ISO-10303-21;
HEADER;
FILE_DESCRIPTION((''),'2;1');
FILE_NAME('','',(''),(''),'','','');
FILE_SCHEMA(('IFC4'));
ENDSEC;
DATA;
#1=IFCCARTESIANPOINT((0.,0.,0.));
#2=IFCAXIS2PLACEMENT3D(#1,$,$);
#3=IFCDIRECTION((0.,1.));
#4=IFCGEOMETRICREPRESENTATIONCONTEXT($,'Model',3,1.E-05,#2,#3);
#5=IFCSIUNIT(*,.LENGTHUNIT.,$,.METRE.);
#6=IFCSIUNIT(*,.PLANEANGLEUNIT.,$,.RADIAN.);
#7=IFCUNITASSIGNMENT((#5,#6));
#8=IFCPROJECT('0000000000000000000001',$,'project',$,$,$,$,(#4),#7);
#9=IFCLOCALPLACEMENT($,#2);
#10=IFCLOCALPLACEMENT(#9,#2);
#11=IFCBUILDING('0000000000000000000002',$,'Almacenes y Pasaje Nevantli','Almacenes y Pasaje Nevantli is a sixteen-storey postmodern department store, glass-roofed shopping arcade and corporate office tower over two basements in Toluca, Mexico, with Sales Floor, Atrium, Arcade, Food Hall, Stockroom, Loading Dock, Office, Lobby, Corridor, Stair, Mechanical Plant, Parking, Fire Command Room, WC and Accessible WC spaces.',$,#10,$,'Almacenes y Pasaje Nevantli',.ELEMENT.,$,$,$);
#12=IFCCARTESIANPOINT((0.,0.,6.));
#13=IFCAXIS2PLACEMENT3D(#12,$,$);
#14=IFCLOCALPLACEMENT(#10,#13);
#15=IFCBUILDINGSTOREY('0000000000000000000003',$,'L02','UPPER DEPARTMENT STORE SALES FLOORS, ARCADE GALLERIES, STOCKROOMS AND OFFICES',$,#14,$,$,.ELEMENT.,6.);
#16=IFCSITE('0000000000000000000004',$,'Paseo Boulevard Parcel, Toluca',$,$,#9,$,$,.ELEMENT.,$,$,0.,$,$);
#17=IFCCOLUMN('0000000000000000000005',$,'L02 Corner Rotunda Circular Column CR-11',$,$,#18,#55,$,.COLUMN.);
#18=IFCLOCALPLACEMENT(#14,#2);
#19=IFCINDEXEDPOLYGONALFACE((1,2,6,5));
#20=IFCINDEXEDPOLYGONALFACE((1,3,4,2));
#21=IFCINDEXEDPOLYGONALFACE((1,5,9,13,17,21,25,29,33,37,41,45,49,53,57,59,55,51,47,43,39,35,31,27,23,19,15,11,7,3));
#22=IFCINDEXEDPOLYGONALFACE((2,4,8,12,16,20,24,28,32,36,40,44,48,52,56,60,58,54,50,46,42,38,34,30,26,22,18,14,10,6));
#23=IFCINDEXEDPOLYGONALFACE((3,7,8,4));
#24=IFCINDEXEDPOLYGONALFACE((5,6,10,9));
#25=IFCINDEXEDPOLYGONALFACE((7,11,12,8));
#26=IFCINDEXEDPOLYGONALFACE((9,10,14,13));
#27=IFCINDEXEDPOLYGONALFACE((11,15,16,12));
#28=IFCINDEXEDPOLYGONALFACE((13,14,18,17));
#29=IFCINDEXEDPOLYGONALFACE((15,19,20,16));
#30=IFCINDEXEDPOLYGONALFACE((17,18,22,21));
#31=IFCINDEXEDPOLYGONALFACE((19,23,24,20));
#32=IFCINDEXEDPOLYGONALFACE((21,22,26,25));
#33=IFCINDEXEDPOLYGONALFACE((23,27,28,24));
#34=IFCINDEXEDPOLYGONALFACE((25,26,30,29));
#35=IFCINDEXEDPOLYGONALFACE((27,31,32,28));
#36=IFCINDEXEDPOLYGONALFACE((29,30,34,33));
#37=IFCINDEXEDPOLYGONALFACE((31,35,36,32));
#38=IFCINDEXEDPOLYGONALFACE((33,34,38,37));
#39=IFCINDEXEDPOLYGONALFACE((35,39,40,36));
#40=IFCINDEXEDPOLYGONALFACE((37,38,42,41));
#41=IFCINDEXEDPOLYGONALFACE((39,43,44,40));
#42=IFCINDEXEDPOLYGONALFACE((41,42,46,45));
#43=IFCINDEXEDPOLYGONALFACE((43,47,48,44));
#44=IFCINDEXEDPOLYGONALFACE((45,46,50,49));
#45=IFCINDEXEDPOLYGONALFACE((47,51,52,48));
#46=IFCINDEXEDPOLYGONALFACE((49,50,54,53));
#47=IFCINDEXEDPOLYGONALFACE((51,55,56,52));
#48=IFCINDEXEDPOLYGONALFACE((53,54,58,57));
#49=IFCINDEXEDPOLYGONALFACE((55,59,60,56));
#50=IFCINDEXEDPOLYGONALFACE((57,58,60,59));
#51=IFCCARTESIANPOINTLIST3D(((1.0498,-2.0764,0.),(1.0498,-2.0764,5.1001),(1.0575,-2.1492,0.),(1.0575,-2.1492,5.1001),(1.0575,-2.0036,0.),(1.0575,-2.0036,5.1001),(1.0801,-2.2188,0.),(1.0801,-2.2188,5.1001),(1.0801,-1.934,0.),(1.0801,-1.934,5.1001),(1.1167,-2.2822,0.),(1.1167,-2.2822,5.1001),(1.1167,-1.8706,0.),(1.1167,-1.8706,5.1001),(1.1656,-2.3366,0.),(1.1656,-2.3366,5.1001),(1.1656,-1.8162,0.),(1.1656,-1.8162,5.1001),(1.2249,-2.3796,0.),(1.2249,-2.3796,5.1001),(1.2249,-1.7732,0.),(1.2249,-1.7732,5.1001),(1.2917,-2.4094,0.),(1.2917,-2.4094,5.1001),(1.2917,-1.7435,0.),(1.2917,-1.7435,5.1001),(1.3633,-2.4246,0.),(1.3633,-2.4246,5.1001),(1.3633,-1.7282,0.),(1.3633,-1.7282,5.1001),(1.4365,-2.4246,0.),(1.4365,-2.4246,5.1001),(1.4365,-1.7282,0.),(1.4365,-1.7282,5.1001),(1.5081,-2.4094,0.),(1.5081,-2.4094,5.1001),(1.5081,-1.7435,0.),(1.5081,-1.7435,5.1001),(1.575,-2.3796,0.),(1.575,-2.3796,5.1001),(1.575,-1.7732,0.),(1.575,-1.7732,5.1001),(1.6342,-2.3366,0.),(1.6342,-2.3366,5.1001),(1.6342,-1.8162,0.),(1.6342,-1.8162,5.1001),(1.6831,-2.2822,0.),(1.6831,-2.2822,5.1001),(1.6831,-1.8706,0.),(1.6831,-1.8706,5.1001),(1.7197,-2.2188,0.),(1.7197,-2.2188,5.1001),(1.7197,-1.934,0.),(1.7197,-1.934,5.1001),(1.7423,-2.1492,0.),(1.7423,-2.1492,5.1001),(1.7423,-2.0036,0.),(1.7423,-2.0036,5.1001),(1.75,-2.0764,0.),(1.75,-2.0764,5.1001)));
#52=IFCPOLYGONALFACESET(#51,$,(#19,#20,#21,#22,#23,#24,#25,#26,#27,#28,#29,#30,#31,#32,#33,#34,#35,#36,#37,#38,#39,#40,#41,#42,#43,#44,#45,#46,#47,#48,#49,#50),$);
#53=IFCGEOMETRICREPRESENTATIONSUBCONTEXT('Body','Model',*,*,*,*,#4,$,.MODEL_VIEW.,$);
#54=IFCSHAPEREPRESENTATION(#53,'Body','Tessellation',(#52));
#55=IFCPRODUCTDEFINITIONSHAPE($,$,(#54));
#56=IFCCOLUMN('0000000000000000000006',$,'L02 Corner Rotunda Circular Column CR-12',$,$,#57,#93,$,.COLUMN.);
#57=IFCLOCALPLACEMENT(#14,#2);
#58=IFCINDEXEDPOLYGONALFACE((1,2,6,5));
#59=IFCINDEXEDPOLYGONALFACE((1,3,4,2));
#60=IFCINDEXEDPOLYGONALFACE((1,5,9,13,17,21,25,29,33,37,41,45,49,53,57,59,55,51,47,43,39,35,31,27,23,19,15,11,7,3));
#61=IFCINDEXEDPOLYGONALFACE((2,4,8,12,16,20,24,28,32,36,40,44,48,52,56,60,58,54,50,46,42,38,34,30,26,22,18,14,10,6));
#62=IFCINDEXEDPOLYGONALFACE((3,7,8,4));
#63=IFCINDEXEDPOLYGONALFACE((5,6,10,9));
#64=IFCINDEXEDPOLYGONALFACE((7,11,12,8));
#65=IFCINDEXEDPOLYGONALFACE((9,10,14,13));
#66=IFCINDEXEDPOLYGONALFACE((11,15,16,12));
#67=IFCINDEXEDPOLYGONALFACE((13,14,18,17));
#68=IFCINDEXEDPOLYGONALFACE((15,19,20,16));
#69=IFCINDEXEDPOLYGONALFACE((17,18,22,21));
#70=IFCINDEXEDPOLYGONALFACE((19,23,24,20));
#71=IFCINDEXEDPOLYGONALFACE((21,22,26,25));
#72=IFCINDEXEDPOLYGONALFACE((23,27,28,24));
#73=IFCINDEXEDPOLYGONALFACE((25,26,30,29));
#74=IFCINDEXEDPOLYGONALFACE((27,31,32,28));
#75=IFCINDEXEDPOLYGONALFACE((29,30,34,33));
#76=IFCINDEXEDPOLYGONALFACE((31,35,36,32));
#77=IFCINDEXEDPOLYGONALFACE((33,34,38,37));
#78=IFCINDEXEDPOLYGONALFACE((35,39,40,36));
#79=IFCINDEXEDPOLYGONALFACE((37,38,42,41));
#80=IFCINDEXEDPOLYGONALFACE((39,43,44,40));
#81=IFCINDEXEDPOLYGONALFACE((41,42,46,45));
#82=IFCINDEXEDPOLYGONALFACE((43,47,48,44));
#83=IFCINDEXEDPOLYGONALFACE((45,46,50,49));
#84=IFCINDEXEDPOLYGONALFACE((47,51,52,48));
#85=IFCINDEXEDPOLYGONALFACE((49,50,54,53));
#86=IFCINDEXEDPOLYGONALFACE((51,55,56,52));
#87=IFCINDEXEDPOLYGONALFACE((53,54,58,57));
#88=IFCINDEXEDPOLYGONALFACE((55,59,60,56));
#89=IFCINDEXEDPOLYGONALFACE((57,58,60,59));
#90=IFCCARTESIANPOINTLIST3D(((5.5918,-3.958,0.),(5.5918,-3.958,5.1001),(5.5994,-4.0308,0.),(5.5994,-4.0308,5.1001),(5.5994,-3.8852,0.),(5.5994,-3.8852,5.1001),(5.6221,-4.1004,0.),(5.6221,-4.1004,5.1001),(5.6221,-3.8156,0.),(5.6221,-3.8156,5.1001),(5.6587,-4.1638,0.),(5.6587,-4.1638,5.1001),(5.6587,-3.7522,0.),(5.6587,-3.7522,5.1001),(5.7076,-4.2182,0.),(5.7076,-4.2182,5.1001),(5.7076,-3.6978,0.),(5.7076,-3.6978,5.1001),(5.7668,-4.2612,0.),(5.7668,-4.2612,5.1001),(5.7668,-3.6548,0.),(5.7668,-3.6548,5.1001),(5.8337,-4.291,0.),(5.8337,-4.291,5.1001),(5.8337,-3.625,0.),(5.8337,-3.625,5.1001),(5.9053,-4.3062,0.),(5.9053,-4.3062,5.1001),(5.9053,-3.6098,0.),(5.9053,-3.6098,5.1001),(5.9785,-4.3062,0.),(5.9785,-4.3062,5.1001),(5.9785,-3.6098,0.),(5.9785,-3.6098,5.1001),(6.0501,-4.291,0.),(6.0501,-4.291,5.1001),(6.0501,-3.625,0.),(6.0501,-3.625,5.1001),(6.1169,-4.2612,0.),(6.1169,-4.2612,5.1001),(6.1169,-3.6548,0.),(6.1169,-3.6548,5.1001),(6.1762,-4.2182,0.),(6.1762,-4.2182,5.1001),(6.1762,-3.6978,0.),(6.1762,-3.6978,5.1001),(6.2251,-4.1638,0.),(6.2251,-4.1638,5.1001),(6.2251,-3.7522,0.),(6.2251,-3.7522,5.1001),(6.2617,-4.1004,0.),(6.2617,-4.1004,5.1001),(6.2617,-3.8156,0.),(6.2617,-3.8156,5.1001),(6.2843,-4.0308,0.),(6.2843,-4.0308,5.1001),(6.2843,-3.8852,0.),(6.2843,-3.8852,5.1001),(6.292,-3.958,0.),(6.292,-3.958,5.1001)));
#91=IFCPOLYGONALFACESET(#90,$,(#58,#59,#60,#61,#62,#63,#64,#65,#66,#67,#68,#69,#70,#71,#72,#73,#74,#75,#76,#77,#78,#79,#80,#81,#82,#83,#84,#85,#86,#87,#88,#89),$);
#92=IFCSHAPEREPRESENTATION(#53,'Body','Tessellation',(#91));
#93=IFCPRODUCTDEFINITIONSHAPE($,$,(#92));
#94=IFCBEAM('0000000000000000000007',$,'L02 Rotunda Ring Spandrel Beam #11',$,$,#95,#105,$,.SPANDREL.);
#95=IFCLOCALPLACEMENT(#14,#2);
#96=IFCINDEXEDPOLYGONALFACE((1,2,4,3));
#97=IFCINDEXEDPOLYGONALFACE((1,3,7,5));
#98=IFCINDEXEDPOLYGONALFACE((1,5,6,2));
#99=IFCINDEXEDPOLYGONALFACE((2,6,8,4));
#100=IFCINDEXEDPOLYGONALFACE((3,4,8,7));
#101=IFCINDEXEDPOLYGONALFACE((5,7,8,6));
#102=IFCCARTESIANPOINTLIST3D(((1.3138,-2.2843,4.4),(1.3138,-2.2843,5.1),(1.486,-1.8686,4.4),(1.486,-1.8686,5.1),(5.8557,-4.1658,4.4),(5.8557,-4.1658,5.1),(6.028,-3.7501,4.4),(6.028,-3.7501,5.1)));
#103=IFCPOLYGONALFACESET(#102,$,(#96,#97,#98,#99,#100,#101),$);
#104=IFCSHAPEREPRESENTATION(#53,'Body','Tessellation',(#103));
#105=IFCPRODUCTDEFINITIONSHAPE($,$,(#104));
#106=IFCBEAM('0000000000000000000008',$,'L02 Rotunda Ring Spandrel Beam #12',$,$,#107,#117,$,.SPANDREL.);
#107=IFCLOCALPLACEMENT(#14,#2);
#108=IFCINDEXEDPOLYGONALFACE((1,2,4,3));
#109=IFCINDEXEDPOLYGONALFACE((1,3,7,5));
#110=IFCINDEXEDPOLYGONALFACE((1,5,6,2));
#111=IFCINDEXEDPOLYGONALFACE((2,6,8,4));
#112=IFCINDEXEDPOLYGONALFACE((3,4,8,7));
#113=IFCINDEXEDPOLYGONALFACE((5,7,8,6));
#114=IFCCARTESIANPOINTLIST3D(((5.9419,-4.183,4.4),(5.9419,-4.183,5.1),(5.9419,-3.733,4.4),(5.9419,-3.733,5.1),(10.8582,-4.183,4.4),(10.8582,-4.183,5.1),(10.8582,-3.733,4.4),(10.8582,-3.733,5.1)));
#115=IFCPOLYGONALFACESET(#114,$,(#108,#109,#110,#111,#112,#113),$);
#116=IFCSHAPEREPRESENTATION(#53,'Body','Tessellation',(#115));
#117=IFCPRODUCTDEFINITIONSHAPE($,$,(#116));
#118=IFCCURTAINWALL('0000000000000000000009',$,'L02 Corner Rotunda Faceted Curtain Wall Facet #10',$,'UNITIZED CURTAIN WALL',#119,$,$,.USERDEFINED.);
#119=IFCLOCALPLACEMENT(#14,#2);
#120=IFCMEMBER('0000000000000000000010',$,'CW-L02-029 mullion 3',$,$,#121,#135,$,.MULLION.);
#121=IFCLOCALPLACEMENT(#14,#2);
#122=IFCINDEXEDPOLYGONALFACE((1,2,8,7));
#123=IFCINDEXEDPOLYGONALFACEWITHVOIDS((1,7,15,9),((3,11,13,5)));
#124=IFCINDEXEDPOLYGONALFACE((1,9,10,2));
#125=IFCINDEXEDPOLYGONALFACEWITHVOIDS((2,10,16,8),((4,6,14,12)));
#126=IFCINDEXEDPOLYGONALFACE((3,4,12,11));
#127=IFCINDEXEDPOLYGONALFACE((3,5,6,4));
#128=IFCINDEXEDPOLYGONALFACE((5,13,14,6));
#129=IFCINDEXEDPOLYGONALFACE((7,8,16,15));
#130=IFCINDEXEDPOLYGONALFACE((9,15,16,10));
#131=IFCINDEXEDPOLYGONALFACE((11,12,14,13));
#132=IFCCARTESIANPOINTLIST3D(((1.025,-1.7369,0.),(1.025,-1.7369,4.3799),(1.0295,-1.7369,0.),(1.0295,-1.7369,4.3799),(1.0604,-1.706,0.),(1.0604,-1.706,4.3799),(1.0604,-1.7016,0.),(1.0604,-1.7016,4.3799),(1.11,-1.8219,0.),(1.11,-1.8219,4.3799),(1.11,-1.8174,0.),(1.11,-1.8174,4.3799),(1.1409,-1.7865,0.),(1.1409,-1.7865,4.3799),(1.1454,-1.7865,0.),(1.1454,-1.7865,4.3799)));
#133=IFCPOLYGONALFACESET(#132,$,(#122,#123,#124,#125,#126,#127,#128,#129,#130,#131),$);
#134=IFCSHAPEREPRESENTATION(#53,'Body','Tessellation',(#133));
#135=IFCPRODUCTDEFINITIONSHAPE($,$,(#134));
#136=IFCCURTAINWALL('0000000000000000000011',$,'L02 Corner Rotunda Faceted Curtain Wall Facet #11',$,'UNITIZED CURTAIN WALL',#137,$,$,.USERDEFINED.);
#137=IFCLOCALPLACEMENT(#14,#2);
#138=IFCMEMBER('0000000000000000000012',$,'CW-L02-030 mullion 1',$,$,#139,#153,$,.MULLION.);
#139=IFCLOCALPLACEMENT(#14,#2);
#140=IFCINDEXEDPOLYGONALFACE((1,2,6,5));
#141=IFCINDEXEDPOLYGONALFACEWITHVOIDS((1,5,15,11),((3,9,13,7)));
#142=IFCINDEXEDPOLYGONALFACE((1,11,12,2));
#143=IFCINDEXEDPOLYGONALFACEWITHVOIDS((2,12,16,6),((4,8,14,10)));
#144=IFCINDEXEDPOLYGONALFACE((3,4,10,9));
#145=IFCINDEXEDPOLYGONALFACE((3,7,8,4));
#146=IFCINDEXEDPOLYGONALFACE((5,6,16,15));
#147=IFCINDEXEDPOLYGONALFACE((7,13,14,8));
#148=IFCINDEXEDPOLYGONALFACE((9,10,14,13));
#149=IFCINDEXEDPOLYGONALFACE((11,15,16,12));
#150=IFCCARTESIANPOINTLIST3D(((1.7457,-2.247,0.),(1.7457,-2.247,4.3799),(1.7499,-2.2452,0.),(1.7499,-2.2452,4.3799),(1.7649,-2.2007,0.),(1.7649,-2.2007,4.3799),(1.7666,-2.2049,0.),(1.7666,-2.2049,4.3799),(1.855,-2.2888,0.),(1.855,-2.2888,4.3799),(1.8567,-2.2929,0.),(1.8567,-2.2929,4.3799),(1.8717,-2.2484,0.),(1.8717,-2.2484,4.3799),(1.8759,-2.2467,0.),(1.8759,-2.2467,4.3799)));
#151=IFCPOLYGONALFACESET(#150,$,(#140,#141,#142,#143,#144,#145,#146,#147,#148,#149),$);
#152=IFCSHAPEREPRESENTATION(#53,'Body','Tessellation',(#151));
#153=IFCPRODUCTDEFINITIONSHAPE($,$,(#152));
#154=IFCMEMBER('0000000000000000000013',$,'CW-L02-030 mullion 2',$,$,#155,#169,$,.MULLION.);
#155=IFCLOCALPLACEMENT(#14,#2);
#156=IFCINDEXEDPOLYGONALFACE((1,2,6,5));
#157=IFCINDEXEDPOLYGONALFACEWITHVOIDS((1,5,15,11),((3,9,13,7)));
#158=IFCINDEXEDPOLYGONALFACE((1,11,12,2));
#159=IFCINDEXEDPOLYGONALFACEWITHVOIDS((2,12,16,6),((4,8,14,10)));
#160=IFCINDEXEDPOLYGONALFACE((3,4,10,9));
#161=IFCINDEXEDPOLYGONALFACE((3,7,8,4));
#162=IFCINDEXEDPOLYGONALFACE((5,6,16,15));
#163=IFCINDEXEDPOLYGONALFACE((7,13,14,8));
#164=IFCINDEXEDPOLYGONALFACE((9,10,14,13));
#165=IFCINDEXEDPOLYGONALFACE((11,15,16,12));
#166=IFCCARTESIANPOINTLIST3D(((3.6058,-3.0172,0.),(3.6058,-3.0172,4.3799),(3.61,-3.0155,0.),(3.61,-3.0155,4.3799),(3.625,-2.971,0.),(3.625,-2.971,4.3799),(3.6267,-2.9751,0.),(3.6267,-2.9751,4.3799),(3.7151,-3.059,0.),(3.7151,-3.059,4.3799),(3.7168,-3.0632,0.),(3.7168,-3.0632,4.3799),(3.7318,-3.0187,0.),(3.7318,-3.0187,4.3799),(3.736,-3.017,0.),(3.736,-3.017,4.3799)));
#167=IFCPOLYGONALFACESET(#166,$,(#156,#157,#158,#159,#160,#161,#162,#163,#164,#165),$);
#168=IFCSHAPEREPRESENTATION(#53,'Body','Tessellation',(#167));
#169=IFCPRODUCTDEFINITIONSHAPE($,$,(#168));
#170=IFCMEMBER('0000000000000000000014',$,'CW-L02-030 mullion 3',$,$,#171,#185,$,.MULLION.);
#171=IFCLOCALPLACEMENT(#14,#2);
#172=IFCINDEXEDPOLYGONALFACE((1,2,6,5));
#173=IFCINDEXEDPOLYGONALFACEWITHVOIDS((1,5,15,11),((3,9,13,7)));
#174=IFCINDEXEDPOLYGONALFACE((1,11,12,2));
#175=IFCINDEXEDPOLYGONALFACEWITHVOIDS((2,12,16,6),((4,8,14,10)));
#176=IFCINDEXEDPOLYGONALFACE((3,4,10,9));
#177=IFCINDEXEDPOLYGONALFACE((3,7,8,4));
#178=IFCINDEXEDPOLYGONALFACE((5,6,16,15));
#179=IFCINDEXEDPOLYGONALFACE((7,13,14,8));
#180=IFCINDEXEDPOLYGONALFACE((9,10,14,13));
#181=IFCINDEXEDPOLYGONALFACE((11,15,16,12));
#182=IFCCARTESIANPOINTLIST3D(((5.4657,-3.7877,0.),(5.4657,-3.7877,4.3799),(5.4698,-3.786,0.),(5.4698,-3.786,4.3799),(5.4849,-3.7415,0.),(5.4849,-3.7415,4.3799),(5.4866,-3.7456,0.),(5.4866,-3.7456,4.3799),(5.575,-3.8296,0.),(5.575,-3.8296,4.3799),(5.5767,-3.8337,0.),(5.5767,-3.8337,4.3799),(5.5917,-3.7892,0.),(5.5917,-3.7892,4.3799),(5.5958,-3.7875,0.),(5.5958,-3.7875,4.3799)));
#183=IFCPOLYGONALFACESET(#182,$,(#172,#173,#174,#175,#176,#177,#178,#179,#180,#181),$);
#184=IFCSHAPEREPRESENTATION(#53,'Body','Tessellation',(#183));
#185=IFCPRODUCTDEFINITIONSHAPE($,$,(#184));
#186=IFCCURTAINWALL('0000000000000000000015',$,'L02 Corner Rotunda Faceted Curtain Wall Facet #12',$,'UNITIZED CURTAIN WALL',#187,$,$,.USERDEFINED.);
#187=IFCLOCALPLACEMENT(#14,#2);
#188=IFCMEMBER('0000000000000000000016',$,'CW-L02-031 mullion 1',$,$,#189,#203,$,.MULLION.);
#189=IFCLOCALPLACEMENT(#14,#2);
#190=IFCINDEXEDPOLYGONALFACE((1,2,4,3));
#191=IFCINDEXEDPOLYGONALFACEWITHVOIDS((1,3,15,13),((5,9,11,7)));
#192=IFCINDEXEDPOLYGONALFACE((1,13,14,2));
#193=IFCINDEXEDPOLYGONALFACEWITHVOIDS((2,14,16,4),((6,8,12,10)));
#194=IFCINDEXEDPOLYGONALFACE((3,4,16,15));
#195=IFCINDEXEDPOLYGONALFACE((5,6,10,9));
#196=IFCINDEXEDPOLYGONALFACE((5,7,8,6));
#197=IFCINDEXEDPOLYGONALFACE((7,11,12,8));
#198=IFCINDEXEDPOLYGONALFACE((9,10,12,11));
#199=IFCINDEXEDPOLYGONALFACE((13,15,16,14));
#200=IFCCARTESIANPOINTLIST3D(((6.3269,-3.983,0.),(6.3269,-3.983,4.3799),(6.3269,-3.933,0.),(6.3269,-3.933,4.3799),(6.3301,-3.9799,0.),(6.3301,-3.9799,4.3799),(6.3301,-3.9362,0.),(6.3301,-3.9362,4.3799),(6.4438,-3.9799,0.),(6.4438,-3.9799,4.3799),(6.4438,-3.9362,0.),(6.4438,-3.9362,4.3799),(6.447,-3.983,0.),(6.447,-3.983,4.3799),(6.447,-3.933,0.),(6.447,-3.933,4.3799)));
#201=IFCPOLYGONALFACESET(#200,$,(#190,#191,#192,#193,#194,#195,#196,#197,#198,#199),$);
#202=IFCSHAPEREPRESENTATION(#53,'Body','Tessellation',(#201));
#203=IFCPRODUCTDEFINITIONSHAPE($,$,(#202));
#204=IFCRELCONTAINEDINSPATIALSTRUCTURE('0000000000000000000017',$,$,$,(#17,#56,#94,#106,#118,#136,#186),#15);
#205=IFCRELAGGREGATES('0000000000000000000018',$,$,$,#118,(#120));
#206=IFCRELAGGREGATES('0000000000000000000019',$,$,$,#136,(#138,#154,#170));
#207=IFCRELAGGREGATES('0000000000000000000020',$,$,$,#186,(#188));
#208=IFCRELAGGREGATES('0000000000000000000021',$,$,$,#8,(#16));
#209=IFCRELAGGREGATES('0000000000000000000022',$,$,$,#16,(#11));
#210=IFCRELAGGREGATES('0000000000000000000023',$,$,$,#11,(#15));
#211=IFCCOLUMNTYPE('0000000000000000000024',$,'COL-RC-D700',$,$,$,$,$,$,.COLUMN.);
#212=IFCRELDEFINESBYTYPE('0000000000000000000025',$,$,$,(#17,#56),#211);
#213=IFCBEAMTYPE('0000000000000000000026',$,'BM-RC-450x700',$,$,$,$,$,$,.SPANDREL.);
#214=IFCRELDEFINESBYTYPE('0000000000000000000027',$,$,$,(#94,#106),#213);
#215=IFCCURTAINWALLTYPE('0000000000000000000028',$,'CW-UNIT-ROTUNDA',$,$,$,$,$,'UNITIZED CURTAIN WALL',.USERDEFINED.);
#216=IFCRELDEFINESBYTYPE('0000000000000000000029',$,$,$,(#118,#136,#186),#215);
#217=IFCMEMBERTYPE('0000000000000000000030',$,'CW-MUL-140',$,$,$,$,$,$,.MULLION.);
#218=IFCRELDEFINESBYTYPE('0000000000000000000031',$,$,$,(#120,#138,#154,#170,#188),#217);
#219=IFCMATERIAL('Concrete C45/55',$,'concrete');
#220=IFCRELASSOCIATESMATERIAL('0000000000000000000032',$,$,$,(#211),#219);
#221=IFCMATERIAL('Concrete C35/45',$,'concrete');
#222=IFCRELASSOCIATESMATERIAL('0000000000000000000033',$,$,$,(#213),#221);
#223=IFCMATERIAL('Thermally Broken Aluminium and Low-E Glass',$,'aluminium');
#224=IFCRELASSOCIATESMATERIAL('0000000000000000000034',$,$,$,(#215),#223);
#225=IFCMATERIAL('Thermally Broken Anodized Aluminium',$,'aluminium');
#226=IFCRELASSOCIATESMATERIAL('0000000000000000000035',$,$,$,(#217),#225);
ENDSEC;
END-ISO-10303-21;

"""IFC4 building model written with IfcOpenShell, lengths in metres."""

from ifc_helpers import new_model, si_unit, direction, frame, origin, origin_2d, place, context, subcontext, project, spatial, rectangle, hollow_rectangle, circle, extrude, material, material_profile, profile_set, type_object, element, aggregate, save


model = new_model("IFC4")

# Units and contexts
model_context = context("Model", 3, precision=1e-05, world=origin(), true_north=direction((0.0, 1.0)))
body_context = subcontext(model_context, "Body", "Model", "MODEL_VIEW")
ifc_project = project(units=[si_unit("LENGTHUNIT", "METRE"), si_unit("PLANEANGLEUNIT", "RADIAN")], contexts=[model_context])

# Site, building, storey
site_placement = place(None, origin())
site = spatial("IfcSite", under=ifc_project, at=site_placement, Name="Paseo Boulevard Parcel, Toluca", CompositionType="ELEMENT", RefElevation=0.0)
building_placement = place(site_placement, origin())
building = spatial("IfcBuilding", under=site, at=building_placement, Name="Almacenes y Pasaje Nevantli", Description="Almacenes y Pasaje Nevantli is a sixteen-storey postmodern department store, glass-roofed shopping arcade and corporate office tower over two basements in Toluca, Mexico, with Sales Floor, Atrium, Arcade, Food Hall, Stockroom, Loading Dock, Office, Lobby, Corridor, Stair, Mechanical Plant, Parking, Fire Command Room, WC and Accessible WC spaces.", LongName="Almacenes y Pasaje Nevantli", CompositionType="ELEMENT")
storey_placement = place(building_placement, frame((0.0, 0.0, 6.0)))
storey = spatial("IfcBuildingStorey", under=building, at=storey_placement, Name="L02", Description="UPPER DEPARTMENT STORE SALES FLOORS, ARCADE GALLERIES, STOCKROOMS AND OFFICES", CompositionType="ELEMENT", Elevation=6.0)

# Columns
ifc_material_1 = material(Name="Concrete C45/55", Category="concrete")
ifc_material_profile_1 = material_profile(ifc_material_1, circle(Radius=0.3501, at=origin_2d()), Name="RC-COL-D700")
ifc_profile_set_1 = profile_set([ifc_material_profile_1], Name="Concrete C45/55")
column_type = type_object("IfcColumnType", Name="COL-RC-D700", PredefinedType="COLUMN", material=ifc_profile_set_1)
for number, where, z_axis, x_axis, name in (
    (1, (1.3999, -2.0764, 0.0), (0.0, 0.0, 1.0), (1.0, 0.0, 0.0), "L02 Corner Rotunda Circular Column CR-11"),
    (2, (5.9419, -3.958, 0.0), (0.0, 0.0, 1.0), (1.0, 0.0, 0.0), "L02 Corner Rotunda Circular Column CR-12"),
):
    element("IfcColumn", number, at=place(storey_placement, frame(where, z_axis=z_axis, x_axis=x_axis)), inside=storey, type_object=column_type, Name=name, PredefinedType="COLUMN", context=body_context, shape_type="SweptSolid", body=[
        extrude(circle(Radius=0.3501, at=origin_2d()), origin(), (0.0, 0.0, 1.0), 5.1001),
    ])

# Beams
ifc_material_2 = material(Name="Concrete C35/45", Category="concrete")
ifc_material_profile_2 = material_profile(ifc_material_2, rectangle(XDim=0.45, YDim=0.7, at=origin_2d()), Name="RC-BM-450x700")
ifc_profile_set_2 = profile_set([ifc_material_profile_2], Name="Concrete C35/45")
beam_type = type_object("IfcBeamType", Name="BM-RC-450x700", PredefinedType="SPANDREL", material=ifc_profile_set_2)
for number, where, z_axis, x_axis, name in (
    (3, (1.3999, -2.0764, 4.75), (0.923862, -0.382725, 0.0), (0.382725, 0.923862, 0.0), "L02 Rotunda Ring Spandrel Beam #11"),
    (4, (5.9419, -3.958, 4.75), (1.0, 0.0, 0.0), (0.0, 1.0, 0.0), "L02 Rotunda Ring Spandrel Beam #12"),
):
    element("IfcBeam", number, at=place(storey_placement, frame(where, z_axis=z_axis, x_axis=x_axis)), inside=storey, type_object=beam_type, Name=name, PredefinedType="SPANDREL", context=body_context, shape_type="SweptSolid", body=[
        extrude(rectangle(XDim=0.45, YDim=0.7, at=origin_2d()), origin(), (0.0, 0.0, 1.0), 4.9163),
    ])

# Curtain wall, member
ifc_material_3 = material(Name="Thermally Broken Aluminium and Low-E Glass", Category="aluminium")
curtain_wall_type = type_object("IfcCurtainWallType", Name="CW-UNIT-ROTUNDA", ElementType="UNITIZED CURTAIN WALL", PredefinedType="USERDEFINED", material=ifc_material_3)
curtain_wall_1_placement = place(storey_placement, origin())
curtain_wall_1 = element("IfcCurtainWall", 5, at=curtain_wall_1_placement, inside=storey, type_object=curtain_wall_type, Name="L02 Corner Rotunda Faceted Curtain Wall Facet #10", ObjectType="UNITIZED CURTAIN WALL", PredefinedType="USERDEFINED")
ifc_material_4 = material(Name="Thermally Broken Anodized Aluminium", Category="aluminium")
ifc_material_profile_3 = material_profile(ifc_material_4, hollow_rectangle(XDim=0.05, YDim=0.1201, WallThickness=0.0032, at=origin_2d()), Name="ALU-MUL-50x120")
ifc_profile_set_3 = profile_set([ifc_material_profile_3], Name="Thermally Broken Anodized Aluminium")
member_type_1 = type_object("IfcMemberType", Name="CW-MUL-140", PredefinedType="MULLION", material=ifc_profile_set_3)
member_1_placement = place(storey_placement, frame((1.0852, -1.7617, 0.0), z_axis=(0.0, 0.0, 1.0), x_axis=(0.707107, 0.707107, 0.0)))
member_1 = element("IfcMember", 6, at=member_1_placement, type_object=member_type_1, Name="CW-L02-029 mullion 3", PredefinedType="MULLION", context=body_context, shape_type="SweptSolid", body=[
    extrude(hollow_rectangle(XDim=0.05, YDim=0.1201, WallThickness=0.0032, at=origin_2d()), origin(), (0.0, 0.0, 1.0), 4.3799),
])

# Curtain walls, members
curtain_wall_2_placement = place(storey_placement, origin())
curtain_wall_2 = element("IfcCurtainWall", 7, at=curtain_wall_2_placement, inside=storey, type_object=curtain_wall_type, Name="L02 Corner Rotunda Faceted Curtain Wall Facet #11", ObjectType="UNITIZED CURTAIN WALL", PredefinedType="USERDEFINED")
member_2_placement = place(storey_placement, frame((1.8108, -2.2468, 0.0), z_axis=(0.0, 0.0, 1.0), x_axis=(0.382698, 0.923873, 0.0)))
member_2 = element("IfcMember", 8, at=member_2_placement, type_object=member_type_1, Name="CW-L02-030 mullion 1", PredefinedType="MULLION", context=body_context, shape_type="SweptSolid", body=[
    extrude(hollow_rectangle(XDim=0.05, YDim=0.1201, WallThickness=0.0032, at=origin_2d()), origin(), (0.0, 0.0, 1.0), 4.3799),
])
member_3_placement = place(storey_placement, frame((3.6709, -3.0171, 0.0), z_axis=(0.0, 0.0, 1.0), x_axis=(0.382698, 0.923873, 0.0)))
member_3 = element("IfcMember", 9, at=member_3_placement, type_object=member_type_1, Name="CW-L02-030 mullion 2", PredefinedType="MULLION", context=body_context, shape_type="SweptSolid", body=[
    extrude(hollow_rectangle(XDim=0.05, YDim=0.1201, WallThickness=0.0032, at=origin_2d()), origin(), (0.0, 0.0, 1.0), 4.3799),
])
member_4_placement = place(storey_placement, frame((5.5308, -3.7876, 0.0), z_axis=(0.0, 0.0, 1.0), x_axis=(0.382698, 0.923873, 0.0)))
member_4 = element("IfcMember", 10, at=member_4_placement, type_object=member_type_1, Name="CW-L02-030 mullion 3", PredefinedType="MULLION", context=body_context, shape_type="SweptSolid", body=[
    extrude(hollow_rectangle(XDim=0.05, YDim=0.1201, WallThickness=0.0032, at=origin_2d()), origin(), (0.0, 0.0, 1.0), 4.3799),
])
curtain_wall_3_placement = place(storey_placement, origin())
curtain_wall_3 = element("IfcCurtainWall", 11, at=curtain_wall_3_placement, inside=storey, type_object=curtain_wall_type, Name="L02 Corner Rotunda Faceted Curtain Wall Facet #12", ObjectType="UNITIZED CURTAIN WALL", PredefinedType="USERDEFINED")
member_5_placement = place(storey_placement, frame((6.387, -3.958, 0.0), z_axis=(0.0, 0.0, 1.0), x_axis=(0.0, 1.0, 0.0)))
member_5 = element("IfcMember", 12, at=member_5_placement, type_object=member_type_1, Name="CW-L02-031 mullion 1", PredefinedType="MULLION", context=body_context, shape_type="SweptSolid", body=[
    extrude(hollow_rectangle(XDim=0.05, YDim=0.1201, WallThickness=0.0032, at=origin_2d()), origin(), (0.0, 0.0, 1.0), 4.3799),
])

aggregate(curtain_wall_1, [member_1])
aggregate(curtain_wall_2, [member_2, member_3, member_4])
aggregate(curtain_wall_3, [member_5])

save(model, "model.ifc")
